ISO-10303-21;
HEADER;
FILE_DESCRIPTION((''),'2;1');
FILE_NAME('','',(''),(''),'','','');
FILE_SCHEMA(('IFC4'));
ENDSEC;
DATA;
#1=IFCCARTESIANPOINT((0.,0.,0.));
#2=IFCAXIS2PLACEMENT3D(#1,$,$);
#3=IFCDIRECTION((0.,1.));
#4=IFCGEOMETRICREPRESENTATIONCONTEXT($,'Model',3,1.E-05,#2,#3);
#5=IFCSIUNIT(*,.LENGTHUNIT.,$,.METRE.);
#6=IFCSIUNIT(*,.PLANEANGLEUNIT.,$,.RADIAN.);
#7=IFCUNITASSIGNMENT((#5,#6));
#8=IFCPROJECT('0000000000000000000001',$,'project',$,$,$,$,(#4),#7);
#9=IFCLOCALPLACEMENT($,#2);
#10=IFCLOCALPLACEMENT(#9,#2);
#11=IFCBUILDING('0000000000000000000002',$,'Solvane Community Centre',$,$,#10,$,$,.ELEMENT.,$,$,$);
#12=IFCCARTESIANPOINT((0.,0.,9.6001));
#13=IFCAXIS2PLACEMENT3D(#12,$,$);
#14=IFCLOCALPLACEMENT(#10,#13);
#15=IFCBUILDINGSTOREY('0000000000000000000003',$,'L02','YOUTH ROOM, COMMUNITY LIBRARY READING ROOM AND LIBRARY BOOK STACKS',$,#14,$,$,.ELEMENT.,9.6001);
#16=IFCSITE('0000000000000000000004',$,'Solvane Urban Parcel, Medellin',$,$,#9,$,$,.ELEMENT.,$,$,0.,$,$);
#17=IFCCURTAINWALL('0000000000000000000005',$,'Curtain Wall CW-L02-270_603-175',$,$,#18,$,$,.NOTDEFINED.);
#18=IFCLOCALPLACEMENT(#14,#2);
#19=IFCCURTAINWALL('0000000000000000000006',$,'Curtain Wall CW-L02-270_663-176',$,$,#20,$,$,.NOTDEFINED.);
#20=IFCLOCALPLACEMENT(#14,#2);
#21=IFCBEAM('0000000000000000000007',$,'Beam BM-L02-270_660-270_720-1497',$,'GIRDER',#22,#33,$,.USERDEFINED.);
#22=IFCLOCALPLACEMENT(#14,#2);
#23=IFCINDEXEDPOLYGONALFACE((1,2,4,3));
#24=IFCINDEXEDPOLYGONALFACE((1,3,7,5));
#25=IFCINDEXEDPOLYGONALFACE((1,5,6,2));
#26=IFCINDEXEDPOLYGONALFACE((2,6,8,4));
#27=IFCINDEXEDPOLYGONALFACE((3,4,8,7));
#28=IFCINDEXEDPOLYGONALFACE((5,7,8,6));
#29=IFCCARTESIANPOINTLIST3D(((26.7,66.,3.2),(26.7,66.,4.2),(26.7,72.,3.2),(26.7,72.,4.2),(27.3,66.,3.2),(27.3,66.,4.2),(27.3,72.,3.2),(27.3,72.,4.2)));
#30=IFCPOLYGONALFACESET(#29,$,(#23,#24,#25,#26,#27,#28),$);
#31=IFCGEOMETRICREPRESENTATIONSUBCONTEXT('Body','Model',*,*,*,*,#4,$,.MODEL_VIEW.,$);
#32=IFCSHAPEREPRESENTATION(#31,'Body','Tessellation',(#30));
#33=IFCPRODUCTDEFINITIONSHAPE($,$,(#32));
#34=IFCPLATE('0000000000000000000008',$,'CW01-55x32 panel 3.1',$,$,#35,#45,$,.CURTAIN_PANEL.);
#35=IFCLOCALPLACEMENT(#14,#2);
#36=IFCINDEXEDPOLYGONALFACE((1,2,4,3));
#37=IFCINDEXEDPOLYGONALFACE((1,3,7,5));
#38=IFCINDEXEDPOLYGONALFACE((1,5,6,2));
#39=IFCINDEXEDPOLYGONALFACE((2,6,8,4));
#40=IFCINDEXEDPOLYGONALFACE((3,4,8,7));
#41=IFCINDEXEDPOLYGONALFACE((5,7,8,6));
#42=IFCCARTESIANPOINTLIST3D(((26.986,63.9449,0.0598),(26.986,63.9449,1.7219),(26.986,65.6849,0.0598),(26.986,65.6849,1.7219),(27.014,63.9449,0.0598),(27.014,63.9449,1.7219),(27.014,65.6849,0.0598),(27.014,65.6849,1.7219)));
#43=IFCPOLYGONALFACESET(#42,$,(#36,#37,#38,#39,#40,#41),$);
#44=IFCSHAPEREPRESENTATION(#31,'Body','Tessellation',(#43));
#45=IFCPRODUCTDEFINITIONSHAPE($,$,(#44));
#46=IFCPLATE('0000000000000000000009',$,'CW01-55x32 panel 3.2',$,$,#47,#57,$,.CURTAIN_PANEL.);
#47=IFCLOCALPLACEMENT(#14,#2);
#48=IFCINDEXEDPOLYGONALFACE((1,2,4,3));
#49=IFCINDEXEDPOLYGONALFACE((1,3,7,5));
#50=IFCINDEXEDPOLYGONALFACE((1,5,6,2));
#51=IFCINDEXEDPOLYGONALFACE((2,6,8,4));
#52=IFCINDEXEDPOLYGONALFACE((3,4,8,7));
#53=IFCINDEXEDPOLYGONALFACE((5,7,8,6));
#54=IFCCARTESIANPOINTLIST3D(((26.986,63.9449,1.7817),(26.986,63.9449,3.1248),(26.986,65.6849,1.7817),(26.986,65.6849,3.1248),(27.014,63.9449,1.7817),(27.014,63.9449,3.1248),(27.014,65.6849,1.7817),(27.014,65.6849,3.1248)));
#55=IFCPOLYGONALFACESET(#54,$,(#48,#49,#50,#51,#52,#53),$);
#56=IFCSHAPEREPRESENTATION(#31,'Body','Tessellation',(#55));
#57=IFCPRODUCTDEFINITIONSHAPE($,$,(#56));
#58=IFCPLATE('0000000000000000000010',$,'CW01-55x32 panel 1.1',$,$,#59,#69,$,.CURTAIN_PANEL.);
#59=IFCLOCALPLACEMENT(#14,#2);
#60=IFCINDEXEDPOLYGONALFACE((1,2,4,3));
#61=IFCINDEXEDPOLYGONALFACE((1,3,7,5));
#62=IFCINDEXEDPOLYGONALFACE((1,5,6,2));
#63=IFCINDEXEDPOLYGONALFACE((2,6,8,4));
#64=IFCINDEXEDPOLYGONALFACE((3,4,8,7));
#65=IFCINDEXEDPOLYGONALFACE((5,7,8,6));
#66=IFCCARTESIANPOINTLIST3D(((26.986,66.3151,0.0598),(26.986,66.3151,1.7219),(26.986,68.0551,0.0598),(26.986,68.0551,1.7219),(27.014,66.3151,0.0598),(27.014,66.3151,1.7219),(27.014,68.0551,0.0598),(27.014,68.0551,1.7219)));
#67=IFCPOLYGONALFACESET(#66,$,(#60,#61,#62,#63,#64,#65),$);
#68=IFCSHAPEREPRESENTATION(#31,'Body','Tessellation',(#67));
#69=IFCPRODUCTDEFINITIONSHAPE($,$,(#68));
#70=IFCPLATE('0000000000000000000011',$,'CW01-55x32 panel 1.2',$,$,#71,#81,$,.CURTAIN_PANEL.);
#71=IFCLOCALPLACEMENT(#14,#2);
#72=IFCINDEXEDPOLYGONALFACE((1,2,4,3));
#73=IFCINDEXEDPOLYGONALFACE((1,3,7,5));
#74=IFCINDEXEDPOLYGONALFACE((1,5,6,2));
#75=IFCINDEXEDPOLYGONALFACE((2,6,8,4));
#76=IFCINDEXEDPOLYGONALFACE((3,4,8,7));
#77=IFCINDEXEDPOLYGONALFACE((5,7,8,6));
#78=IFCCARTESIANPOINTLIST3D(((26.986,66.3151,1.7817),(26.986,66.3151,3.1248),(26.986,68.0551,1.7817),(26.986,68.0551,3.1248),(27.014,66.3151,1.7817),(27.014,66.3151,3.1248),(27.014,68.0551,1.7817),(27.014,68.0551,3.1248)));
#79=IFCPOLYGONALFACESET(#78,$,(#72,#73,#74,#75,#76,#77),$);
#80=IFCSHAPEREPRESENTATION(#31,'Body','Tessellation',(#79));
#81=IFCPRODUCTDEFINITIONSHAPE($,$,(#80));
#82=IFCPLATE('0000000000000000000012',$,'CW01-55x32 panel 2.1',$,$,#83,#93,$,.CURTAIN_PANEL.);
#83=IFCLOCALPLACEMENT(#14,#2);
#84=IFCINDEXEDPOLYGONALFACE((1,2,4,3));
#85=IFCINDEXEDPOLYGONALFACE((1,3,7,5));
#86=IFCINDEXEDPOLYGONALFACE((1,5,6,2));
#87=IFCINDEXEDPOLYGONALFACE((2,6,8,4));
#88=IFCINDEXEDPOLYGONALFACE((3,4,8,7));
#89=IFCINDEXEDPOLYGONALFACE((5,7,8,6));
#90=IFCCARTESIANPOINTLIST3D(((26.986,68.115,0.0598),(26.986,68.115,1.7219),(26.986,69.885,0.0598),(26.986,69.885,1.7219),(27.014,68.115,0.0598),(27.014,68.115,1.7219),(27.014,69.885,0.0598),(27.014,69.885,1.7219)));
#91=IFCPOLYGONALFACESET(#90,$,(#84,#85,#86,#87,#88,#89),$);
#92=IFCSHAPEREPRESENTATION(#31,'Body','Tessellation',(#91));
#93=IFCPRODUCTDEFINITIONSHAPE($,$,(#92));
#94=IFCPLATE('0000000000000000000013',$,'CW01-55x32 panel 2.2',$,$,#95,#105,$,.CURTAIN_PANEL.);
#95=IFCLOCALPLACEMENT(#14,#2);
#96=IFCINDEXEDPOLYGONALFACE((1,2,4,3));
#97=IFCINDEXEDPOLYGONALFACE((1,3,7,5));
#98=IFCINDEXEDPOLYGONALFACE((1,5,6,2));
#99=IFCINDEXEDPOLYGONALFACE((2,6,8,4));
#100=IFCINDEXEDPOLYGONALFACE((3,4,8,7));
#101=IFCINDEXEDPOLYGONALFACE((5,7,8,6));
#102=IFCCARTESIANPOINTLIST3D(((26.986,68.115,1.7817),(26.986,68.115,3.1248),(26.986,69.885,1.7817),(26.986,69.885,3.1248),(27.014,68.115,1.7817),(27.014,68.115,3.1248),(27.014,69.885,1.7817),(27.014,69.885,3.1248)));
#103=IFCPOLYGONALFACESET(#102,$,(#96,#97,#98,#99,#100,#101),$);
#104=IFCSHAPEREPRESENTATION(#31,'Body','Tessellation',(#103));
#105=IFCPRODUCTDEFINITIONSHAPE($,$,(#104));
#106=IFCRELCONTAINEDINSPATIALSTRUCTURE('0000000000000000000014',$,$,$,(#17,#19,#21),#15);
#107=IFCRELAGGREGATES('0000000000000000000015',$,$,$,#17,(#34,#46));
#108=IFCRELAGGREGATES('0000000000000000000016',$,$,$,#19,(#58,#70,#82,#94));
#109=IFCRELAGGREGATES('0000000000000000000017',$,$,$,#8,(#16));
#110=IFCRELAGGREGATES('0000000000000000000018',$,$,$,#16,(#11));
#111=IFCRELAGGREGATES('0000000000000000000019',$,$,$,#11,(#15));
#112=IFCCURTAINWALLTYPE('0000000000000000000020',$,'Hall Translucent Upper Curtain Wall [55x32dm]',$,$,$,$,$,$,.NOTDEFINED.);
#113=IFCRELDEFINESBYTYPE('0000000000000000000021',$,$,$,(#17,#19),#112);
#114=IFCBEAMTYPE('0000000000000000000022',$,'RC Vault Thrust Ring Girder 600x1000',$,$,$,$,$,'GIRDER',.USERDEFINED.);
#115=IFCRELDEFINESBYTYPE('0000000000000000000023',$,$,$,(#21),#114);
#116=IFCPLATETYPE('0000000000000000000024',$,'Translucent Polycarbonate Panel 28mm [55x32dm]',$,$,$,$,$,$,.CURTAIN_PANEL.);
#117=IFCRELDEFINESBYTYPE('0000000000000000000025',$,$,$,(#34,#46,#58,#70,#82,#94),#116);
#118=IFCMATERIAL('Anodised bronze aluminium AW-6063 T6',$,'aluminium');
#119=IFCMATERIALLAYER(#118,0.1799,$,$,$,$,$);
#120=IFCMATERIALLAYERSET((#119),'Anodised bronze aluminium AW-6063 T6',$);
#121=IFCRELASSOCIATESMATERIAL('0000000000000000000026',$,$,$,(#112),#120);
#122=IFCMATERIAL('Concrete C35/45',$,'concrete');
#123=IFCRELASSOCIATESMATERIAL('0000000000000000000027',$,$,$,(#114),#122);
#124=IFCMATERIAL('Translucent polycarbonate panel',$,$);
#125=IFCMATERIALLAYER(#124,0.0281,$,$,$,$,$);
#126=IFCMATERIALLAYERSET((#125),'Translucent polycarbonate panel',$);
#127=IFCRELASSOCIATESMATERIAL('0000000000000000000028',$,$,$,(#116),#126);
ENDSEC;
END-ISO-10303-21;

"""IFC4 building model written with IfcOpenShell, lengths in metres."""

from ifc_helpers import new_model, si_unit, direction, frame, origin, origin_2d, place, context, subcontext, project, spatial, rectangle, extrude, material, layer, layer_set, material_profile, profile_set, type_object, element, aggregate, save


model = new_model("IFC4")

# Units and contexts
model_context = context("Model", 3, precision=1e-05, world=origin(), true_north=direction((0.0, 1.0)))
body_context = subcontext(model_context, "Body", "Model", "MODEL_VIEW")
ifc_project = project(units=[si_unit("LENGTHUNIT", "METRE"), si_unit("PLANEANGLEUNIT", "RADIAN")], contexts=[model_context])

# Site, building, storey
site_placement = place(None, origin())
site = spatial("IfcSite", under=ifc_project, at=site_placement, Name="Solvane Urban Parcel, Medellin", CompositionType="ELEMENT", RefElevation=0.0)
building_placement = place(site_placement, origin())
building = spatial("IfcBuilding", under=site, at=building_placement, Name="Solvane Community Centre", CompositionType="ELEMENT")
storey_placement = place(building_placement, frame((0.0, 0.0, 9.6001)))
storey = spatial("IfcBuildingStorey", under=building, at=storey_placement, Name="L02", Description="YOUTH ROOM, COMMUNITY LIBRARY READING ROOM AND LIBRARY BOOK STACKS", CompositionType="ELEMENT", Elevation=9.6001)

# Curtain wall
ifc_material_1 = material(Name="Anodised bronze aluminium AW-6063 T6", Category="aluminium")
ifc_layer_1 = layer(ifc_material_1, 0.1799)
ifc_layer_set_1 = layer_set([ifc_layer_1], Name="Anodised bronze aluminium AW-6063 T6")
curtain_wall_type = type_object("IfcCurtainWallType", Name="Hall Translucent Upper Curtain Wall [55x32dm]", PredefinedType="NOTDEFINED", material=ifc_layer_set_1)
curtain_wall_1_placement = place(storey_placement, origin())
curtain_wall_1 = element("IfcCurtainWall", 1, at=curtain_wall_1_placement, inside=storey, type_object=curtain_wall_type, Name="Curtain Wall CW-L02-270_603-175", PredefinedType="NOTDEFINED")

# Curtain wall
curtain_wall_2_placement = place(storey_placement, origin())
curtain_wall_2 = element("IfcCurtainWall", 2, at=curtain_wall_2_placement, inside=storey, type_object=curtain_wall_type, Name="Curtain Wall CW-L02-270_663-176", PredefinedType="NOTDEFINED")

# Beam
ifc_material_2 = material(Name="Concrete C35/45", Category="concrete")
ifc_material_profile_1 = material_profile(ifc_material_2, rectangle(XDim=0.6001, YDim=1.0, at=origin_2d()), Name="RC 600x1000")
ifc_profile_set_1 = profile_set([ifc_material_profile_1], Name="Concrete C35/45")
beam_type_1 = type_object("IfcBeamType", Name="RC Vault Thrust Ring Girder 600x1000", ElementType="GIRDER", PredefinedType="USERDEFINED", material=ifc_profile_set_1)
for number, where, z_axis, x_axis, name in (
    (3, (27.0, 66.0, 3.7), (0.0, 1.0, 0.0), (-1.0, 0.0, 0.0), "Beam BM-L02-270_660-270_720-1497"),
):
    element("IfcBeam", number, at=place(storey_placement, frame(where, z_axis=z_axis, x_axis=x_axis)), inside=storey, type_object=beam_type_1, Name=name, ObjectType="GIRDER", PredefinedType="USERDEFINED", context=body_context, shape_type="SweptSolid", body=[
        extrude(rectangle(XDim=0.6001, YDim=1.0, at=origin_2d()), origin(), (0.0, 0.0, 1.0), 6.0),
    ])

# Plates
ifc_material_3 = material(Name="Translucent polycarbonate panel")
ifc_layer_2 = layer(ifc_material_3, 0.0281)
ifc_layer_set_2 = layer_set([ifc_layer_2], Name="Translucent polycarbonate panel")
plate_type = type_object("IfcPlateType", Name="Translucent Polycarbonate Panel 28mm [55x32dm]", PredefinedType="CURTAIN_PANEL", material=ifc_layer_set_2)
plate_1_placement = place(storey_placement, frame((27.0, 64.8149, 0.0598), z_axis=(0.0, 0.0, 1.0), x_axis=(0.0, 1.0, 0.0)))
plate_1 = element("IfcPlate", 4, at=plate_1_placement, type_object=plate_type, Name="CW01-55x32 panel 3.1", PredefinedType="CURTAIN_PANEL", context=body_context, shape_type="SweptSolid", body=[
    extrude(rectangle(XDim=1.74, YDim=0.0281, at=origin_2d()), origin(), (0.0, 0.0, 1.0), 1.6621),
])
plate_2_placement = place(storey_placement, frame((27.0, 64.8149, 1.7817), z_axis=(0.0, 0.0, 1.0), x_axis=(0.0, 1.0, 0.0)))
plate_2 = element("IfcPlate", 5, at=plate_2_placement, type_object=plate_type, Name="CW01-55x32 panel 3.2", PredefinedType="CURTAIN_PANEL", context=body_context, shape_type="SweptSolid", body=[
    extrude(rectangle(XDim=1.74, YDim=0.0281, at=origin_2d()), origin(), (0.0, 0.0, 1.0), 1.343),
])
aggregate(curtain_wall_1, [plate_1, plate_2])
plate_3_placement = place(storey_placement, frame((27.0, 67.1851, 0.0598), z_axis=(0.0, 0.0, 1.0), x_axis=(0.0, 1.0, 0.0)))
plate_3 = element("IfcPlate", 6, at=plate_3_placement, type_object=plate_type, Name="CW01-55x32 panel 1.1", PredefinedType="CURTAIN_PANEL", context=body_context, shape_type="SweptSolid", body=[
    extrude(rectangle(XDim=1.74, YDim=0.0281, at=origin_2d()), origin(), (0.0, 0.0, 1.0), 1.6621),
])
plate_4_placement = place(storey_placement, frame((27.0, 67.1851, 1.7817), z_axis=(0.0, 0.0, 1.0), x_axis=(0.0, 1.0, 0.0)))
plate_4 = element("IfcPlate", 7, at=plate_4_placement, type_object=plate_type, Name="CW01-55x32 panel 1.2", PredefinedType="CURTAIN_PANEL", context=body_context, shape_type="SweptSolid", body=[
    extrude(rectangle(XDim=1.74, YDim=0.0281, at=origin_2d()), origin(), (0.0, 0.0, 1.0), 1.343),
])
plate_5_placement = place(storey_placement, frame((27.0, 69.0, 0.0598), z_axis=(0.0, 0.0, 1.0), x_axis=(0.0, 1.0, 0.0)))
plate_5 = element("IfcPlate", 8, at=plate_5_placement, type_object=plate_type, Name="CW01-55x32 panel 2.1", PredefinedType="CURTAIN_PANEL", context=body_context, shape_type="SweptSolid", body=[
    extrude(rectangle(XDim=1.77, YDim=0.0281, at=origin_2d()), origin(), (0.0, 0.0, 1.0), 1.6621),
])
plate_6_placement = place(storey_placement, frame((27.0, 69.0, 1.7817), z_axis=(0.0, 0.0, 1.0), x_axis=(0.0, 1.0, 0.0)))
plate_6 = element("IfcPlate", 9, at=plate_6_placement, type_object=plate_type, Name="CW01-55x32 panel 2.2", PredefinedType="CURTAIN_PANEL", context=body_context, shape_type="SweptSolid", body=[
    extrude(rectangle(XDim=1.77, YDim=0.0281, at=origin_2d()), origin(), (0.0, 0.0, 1.0), 1.343),
])
aggregate(curtain_wall_2, [plate_3, plate_4, plate_5, plate_6])

save(model, "model.ifc")
